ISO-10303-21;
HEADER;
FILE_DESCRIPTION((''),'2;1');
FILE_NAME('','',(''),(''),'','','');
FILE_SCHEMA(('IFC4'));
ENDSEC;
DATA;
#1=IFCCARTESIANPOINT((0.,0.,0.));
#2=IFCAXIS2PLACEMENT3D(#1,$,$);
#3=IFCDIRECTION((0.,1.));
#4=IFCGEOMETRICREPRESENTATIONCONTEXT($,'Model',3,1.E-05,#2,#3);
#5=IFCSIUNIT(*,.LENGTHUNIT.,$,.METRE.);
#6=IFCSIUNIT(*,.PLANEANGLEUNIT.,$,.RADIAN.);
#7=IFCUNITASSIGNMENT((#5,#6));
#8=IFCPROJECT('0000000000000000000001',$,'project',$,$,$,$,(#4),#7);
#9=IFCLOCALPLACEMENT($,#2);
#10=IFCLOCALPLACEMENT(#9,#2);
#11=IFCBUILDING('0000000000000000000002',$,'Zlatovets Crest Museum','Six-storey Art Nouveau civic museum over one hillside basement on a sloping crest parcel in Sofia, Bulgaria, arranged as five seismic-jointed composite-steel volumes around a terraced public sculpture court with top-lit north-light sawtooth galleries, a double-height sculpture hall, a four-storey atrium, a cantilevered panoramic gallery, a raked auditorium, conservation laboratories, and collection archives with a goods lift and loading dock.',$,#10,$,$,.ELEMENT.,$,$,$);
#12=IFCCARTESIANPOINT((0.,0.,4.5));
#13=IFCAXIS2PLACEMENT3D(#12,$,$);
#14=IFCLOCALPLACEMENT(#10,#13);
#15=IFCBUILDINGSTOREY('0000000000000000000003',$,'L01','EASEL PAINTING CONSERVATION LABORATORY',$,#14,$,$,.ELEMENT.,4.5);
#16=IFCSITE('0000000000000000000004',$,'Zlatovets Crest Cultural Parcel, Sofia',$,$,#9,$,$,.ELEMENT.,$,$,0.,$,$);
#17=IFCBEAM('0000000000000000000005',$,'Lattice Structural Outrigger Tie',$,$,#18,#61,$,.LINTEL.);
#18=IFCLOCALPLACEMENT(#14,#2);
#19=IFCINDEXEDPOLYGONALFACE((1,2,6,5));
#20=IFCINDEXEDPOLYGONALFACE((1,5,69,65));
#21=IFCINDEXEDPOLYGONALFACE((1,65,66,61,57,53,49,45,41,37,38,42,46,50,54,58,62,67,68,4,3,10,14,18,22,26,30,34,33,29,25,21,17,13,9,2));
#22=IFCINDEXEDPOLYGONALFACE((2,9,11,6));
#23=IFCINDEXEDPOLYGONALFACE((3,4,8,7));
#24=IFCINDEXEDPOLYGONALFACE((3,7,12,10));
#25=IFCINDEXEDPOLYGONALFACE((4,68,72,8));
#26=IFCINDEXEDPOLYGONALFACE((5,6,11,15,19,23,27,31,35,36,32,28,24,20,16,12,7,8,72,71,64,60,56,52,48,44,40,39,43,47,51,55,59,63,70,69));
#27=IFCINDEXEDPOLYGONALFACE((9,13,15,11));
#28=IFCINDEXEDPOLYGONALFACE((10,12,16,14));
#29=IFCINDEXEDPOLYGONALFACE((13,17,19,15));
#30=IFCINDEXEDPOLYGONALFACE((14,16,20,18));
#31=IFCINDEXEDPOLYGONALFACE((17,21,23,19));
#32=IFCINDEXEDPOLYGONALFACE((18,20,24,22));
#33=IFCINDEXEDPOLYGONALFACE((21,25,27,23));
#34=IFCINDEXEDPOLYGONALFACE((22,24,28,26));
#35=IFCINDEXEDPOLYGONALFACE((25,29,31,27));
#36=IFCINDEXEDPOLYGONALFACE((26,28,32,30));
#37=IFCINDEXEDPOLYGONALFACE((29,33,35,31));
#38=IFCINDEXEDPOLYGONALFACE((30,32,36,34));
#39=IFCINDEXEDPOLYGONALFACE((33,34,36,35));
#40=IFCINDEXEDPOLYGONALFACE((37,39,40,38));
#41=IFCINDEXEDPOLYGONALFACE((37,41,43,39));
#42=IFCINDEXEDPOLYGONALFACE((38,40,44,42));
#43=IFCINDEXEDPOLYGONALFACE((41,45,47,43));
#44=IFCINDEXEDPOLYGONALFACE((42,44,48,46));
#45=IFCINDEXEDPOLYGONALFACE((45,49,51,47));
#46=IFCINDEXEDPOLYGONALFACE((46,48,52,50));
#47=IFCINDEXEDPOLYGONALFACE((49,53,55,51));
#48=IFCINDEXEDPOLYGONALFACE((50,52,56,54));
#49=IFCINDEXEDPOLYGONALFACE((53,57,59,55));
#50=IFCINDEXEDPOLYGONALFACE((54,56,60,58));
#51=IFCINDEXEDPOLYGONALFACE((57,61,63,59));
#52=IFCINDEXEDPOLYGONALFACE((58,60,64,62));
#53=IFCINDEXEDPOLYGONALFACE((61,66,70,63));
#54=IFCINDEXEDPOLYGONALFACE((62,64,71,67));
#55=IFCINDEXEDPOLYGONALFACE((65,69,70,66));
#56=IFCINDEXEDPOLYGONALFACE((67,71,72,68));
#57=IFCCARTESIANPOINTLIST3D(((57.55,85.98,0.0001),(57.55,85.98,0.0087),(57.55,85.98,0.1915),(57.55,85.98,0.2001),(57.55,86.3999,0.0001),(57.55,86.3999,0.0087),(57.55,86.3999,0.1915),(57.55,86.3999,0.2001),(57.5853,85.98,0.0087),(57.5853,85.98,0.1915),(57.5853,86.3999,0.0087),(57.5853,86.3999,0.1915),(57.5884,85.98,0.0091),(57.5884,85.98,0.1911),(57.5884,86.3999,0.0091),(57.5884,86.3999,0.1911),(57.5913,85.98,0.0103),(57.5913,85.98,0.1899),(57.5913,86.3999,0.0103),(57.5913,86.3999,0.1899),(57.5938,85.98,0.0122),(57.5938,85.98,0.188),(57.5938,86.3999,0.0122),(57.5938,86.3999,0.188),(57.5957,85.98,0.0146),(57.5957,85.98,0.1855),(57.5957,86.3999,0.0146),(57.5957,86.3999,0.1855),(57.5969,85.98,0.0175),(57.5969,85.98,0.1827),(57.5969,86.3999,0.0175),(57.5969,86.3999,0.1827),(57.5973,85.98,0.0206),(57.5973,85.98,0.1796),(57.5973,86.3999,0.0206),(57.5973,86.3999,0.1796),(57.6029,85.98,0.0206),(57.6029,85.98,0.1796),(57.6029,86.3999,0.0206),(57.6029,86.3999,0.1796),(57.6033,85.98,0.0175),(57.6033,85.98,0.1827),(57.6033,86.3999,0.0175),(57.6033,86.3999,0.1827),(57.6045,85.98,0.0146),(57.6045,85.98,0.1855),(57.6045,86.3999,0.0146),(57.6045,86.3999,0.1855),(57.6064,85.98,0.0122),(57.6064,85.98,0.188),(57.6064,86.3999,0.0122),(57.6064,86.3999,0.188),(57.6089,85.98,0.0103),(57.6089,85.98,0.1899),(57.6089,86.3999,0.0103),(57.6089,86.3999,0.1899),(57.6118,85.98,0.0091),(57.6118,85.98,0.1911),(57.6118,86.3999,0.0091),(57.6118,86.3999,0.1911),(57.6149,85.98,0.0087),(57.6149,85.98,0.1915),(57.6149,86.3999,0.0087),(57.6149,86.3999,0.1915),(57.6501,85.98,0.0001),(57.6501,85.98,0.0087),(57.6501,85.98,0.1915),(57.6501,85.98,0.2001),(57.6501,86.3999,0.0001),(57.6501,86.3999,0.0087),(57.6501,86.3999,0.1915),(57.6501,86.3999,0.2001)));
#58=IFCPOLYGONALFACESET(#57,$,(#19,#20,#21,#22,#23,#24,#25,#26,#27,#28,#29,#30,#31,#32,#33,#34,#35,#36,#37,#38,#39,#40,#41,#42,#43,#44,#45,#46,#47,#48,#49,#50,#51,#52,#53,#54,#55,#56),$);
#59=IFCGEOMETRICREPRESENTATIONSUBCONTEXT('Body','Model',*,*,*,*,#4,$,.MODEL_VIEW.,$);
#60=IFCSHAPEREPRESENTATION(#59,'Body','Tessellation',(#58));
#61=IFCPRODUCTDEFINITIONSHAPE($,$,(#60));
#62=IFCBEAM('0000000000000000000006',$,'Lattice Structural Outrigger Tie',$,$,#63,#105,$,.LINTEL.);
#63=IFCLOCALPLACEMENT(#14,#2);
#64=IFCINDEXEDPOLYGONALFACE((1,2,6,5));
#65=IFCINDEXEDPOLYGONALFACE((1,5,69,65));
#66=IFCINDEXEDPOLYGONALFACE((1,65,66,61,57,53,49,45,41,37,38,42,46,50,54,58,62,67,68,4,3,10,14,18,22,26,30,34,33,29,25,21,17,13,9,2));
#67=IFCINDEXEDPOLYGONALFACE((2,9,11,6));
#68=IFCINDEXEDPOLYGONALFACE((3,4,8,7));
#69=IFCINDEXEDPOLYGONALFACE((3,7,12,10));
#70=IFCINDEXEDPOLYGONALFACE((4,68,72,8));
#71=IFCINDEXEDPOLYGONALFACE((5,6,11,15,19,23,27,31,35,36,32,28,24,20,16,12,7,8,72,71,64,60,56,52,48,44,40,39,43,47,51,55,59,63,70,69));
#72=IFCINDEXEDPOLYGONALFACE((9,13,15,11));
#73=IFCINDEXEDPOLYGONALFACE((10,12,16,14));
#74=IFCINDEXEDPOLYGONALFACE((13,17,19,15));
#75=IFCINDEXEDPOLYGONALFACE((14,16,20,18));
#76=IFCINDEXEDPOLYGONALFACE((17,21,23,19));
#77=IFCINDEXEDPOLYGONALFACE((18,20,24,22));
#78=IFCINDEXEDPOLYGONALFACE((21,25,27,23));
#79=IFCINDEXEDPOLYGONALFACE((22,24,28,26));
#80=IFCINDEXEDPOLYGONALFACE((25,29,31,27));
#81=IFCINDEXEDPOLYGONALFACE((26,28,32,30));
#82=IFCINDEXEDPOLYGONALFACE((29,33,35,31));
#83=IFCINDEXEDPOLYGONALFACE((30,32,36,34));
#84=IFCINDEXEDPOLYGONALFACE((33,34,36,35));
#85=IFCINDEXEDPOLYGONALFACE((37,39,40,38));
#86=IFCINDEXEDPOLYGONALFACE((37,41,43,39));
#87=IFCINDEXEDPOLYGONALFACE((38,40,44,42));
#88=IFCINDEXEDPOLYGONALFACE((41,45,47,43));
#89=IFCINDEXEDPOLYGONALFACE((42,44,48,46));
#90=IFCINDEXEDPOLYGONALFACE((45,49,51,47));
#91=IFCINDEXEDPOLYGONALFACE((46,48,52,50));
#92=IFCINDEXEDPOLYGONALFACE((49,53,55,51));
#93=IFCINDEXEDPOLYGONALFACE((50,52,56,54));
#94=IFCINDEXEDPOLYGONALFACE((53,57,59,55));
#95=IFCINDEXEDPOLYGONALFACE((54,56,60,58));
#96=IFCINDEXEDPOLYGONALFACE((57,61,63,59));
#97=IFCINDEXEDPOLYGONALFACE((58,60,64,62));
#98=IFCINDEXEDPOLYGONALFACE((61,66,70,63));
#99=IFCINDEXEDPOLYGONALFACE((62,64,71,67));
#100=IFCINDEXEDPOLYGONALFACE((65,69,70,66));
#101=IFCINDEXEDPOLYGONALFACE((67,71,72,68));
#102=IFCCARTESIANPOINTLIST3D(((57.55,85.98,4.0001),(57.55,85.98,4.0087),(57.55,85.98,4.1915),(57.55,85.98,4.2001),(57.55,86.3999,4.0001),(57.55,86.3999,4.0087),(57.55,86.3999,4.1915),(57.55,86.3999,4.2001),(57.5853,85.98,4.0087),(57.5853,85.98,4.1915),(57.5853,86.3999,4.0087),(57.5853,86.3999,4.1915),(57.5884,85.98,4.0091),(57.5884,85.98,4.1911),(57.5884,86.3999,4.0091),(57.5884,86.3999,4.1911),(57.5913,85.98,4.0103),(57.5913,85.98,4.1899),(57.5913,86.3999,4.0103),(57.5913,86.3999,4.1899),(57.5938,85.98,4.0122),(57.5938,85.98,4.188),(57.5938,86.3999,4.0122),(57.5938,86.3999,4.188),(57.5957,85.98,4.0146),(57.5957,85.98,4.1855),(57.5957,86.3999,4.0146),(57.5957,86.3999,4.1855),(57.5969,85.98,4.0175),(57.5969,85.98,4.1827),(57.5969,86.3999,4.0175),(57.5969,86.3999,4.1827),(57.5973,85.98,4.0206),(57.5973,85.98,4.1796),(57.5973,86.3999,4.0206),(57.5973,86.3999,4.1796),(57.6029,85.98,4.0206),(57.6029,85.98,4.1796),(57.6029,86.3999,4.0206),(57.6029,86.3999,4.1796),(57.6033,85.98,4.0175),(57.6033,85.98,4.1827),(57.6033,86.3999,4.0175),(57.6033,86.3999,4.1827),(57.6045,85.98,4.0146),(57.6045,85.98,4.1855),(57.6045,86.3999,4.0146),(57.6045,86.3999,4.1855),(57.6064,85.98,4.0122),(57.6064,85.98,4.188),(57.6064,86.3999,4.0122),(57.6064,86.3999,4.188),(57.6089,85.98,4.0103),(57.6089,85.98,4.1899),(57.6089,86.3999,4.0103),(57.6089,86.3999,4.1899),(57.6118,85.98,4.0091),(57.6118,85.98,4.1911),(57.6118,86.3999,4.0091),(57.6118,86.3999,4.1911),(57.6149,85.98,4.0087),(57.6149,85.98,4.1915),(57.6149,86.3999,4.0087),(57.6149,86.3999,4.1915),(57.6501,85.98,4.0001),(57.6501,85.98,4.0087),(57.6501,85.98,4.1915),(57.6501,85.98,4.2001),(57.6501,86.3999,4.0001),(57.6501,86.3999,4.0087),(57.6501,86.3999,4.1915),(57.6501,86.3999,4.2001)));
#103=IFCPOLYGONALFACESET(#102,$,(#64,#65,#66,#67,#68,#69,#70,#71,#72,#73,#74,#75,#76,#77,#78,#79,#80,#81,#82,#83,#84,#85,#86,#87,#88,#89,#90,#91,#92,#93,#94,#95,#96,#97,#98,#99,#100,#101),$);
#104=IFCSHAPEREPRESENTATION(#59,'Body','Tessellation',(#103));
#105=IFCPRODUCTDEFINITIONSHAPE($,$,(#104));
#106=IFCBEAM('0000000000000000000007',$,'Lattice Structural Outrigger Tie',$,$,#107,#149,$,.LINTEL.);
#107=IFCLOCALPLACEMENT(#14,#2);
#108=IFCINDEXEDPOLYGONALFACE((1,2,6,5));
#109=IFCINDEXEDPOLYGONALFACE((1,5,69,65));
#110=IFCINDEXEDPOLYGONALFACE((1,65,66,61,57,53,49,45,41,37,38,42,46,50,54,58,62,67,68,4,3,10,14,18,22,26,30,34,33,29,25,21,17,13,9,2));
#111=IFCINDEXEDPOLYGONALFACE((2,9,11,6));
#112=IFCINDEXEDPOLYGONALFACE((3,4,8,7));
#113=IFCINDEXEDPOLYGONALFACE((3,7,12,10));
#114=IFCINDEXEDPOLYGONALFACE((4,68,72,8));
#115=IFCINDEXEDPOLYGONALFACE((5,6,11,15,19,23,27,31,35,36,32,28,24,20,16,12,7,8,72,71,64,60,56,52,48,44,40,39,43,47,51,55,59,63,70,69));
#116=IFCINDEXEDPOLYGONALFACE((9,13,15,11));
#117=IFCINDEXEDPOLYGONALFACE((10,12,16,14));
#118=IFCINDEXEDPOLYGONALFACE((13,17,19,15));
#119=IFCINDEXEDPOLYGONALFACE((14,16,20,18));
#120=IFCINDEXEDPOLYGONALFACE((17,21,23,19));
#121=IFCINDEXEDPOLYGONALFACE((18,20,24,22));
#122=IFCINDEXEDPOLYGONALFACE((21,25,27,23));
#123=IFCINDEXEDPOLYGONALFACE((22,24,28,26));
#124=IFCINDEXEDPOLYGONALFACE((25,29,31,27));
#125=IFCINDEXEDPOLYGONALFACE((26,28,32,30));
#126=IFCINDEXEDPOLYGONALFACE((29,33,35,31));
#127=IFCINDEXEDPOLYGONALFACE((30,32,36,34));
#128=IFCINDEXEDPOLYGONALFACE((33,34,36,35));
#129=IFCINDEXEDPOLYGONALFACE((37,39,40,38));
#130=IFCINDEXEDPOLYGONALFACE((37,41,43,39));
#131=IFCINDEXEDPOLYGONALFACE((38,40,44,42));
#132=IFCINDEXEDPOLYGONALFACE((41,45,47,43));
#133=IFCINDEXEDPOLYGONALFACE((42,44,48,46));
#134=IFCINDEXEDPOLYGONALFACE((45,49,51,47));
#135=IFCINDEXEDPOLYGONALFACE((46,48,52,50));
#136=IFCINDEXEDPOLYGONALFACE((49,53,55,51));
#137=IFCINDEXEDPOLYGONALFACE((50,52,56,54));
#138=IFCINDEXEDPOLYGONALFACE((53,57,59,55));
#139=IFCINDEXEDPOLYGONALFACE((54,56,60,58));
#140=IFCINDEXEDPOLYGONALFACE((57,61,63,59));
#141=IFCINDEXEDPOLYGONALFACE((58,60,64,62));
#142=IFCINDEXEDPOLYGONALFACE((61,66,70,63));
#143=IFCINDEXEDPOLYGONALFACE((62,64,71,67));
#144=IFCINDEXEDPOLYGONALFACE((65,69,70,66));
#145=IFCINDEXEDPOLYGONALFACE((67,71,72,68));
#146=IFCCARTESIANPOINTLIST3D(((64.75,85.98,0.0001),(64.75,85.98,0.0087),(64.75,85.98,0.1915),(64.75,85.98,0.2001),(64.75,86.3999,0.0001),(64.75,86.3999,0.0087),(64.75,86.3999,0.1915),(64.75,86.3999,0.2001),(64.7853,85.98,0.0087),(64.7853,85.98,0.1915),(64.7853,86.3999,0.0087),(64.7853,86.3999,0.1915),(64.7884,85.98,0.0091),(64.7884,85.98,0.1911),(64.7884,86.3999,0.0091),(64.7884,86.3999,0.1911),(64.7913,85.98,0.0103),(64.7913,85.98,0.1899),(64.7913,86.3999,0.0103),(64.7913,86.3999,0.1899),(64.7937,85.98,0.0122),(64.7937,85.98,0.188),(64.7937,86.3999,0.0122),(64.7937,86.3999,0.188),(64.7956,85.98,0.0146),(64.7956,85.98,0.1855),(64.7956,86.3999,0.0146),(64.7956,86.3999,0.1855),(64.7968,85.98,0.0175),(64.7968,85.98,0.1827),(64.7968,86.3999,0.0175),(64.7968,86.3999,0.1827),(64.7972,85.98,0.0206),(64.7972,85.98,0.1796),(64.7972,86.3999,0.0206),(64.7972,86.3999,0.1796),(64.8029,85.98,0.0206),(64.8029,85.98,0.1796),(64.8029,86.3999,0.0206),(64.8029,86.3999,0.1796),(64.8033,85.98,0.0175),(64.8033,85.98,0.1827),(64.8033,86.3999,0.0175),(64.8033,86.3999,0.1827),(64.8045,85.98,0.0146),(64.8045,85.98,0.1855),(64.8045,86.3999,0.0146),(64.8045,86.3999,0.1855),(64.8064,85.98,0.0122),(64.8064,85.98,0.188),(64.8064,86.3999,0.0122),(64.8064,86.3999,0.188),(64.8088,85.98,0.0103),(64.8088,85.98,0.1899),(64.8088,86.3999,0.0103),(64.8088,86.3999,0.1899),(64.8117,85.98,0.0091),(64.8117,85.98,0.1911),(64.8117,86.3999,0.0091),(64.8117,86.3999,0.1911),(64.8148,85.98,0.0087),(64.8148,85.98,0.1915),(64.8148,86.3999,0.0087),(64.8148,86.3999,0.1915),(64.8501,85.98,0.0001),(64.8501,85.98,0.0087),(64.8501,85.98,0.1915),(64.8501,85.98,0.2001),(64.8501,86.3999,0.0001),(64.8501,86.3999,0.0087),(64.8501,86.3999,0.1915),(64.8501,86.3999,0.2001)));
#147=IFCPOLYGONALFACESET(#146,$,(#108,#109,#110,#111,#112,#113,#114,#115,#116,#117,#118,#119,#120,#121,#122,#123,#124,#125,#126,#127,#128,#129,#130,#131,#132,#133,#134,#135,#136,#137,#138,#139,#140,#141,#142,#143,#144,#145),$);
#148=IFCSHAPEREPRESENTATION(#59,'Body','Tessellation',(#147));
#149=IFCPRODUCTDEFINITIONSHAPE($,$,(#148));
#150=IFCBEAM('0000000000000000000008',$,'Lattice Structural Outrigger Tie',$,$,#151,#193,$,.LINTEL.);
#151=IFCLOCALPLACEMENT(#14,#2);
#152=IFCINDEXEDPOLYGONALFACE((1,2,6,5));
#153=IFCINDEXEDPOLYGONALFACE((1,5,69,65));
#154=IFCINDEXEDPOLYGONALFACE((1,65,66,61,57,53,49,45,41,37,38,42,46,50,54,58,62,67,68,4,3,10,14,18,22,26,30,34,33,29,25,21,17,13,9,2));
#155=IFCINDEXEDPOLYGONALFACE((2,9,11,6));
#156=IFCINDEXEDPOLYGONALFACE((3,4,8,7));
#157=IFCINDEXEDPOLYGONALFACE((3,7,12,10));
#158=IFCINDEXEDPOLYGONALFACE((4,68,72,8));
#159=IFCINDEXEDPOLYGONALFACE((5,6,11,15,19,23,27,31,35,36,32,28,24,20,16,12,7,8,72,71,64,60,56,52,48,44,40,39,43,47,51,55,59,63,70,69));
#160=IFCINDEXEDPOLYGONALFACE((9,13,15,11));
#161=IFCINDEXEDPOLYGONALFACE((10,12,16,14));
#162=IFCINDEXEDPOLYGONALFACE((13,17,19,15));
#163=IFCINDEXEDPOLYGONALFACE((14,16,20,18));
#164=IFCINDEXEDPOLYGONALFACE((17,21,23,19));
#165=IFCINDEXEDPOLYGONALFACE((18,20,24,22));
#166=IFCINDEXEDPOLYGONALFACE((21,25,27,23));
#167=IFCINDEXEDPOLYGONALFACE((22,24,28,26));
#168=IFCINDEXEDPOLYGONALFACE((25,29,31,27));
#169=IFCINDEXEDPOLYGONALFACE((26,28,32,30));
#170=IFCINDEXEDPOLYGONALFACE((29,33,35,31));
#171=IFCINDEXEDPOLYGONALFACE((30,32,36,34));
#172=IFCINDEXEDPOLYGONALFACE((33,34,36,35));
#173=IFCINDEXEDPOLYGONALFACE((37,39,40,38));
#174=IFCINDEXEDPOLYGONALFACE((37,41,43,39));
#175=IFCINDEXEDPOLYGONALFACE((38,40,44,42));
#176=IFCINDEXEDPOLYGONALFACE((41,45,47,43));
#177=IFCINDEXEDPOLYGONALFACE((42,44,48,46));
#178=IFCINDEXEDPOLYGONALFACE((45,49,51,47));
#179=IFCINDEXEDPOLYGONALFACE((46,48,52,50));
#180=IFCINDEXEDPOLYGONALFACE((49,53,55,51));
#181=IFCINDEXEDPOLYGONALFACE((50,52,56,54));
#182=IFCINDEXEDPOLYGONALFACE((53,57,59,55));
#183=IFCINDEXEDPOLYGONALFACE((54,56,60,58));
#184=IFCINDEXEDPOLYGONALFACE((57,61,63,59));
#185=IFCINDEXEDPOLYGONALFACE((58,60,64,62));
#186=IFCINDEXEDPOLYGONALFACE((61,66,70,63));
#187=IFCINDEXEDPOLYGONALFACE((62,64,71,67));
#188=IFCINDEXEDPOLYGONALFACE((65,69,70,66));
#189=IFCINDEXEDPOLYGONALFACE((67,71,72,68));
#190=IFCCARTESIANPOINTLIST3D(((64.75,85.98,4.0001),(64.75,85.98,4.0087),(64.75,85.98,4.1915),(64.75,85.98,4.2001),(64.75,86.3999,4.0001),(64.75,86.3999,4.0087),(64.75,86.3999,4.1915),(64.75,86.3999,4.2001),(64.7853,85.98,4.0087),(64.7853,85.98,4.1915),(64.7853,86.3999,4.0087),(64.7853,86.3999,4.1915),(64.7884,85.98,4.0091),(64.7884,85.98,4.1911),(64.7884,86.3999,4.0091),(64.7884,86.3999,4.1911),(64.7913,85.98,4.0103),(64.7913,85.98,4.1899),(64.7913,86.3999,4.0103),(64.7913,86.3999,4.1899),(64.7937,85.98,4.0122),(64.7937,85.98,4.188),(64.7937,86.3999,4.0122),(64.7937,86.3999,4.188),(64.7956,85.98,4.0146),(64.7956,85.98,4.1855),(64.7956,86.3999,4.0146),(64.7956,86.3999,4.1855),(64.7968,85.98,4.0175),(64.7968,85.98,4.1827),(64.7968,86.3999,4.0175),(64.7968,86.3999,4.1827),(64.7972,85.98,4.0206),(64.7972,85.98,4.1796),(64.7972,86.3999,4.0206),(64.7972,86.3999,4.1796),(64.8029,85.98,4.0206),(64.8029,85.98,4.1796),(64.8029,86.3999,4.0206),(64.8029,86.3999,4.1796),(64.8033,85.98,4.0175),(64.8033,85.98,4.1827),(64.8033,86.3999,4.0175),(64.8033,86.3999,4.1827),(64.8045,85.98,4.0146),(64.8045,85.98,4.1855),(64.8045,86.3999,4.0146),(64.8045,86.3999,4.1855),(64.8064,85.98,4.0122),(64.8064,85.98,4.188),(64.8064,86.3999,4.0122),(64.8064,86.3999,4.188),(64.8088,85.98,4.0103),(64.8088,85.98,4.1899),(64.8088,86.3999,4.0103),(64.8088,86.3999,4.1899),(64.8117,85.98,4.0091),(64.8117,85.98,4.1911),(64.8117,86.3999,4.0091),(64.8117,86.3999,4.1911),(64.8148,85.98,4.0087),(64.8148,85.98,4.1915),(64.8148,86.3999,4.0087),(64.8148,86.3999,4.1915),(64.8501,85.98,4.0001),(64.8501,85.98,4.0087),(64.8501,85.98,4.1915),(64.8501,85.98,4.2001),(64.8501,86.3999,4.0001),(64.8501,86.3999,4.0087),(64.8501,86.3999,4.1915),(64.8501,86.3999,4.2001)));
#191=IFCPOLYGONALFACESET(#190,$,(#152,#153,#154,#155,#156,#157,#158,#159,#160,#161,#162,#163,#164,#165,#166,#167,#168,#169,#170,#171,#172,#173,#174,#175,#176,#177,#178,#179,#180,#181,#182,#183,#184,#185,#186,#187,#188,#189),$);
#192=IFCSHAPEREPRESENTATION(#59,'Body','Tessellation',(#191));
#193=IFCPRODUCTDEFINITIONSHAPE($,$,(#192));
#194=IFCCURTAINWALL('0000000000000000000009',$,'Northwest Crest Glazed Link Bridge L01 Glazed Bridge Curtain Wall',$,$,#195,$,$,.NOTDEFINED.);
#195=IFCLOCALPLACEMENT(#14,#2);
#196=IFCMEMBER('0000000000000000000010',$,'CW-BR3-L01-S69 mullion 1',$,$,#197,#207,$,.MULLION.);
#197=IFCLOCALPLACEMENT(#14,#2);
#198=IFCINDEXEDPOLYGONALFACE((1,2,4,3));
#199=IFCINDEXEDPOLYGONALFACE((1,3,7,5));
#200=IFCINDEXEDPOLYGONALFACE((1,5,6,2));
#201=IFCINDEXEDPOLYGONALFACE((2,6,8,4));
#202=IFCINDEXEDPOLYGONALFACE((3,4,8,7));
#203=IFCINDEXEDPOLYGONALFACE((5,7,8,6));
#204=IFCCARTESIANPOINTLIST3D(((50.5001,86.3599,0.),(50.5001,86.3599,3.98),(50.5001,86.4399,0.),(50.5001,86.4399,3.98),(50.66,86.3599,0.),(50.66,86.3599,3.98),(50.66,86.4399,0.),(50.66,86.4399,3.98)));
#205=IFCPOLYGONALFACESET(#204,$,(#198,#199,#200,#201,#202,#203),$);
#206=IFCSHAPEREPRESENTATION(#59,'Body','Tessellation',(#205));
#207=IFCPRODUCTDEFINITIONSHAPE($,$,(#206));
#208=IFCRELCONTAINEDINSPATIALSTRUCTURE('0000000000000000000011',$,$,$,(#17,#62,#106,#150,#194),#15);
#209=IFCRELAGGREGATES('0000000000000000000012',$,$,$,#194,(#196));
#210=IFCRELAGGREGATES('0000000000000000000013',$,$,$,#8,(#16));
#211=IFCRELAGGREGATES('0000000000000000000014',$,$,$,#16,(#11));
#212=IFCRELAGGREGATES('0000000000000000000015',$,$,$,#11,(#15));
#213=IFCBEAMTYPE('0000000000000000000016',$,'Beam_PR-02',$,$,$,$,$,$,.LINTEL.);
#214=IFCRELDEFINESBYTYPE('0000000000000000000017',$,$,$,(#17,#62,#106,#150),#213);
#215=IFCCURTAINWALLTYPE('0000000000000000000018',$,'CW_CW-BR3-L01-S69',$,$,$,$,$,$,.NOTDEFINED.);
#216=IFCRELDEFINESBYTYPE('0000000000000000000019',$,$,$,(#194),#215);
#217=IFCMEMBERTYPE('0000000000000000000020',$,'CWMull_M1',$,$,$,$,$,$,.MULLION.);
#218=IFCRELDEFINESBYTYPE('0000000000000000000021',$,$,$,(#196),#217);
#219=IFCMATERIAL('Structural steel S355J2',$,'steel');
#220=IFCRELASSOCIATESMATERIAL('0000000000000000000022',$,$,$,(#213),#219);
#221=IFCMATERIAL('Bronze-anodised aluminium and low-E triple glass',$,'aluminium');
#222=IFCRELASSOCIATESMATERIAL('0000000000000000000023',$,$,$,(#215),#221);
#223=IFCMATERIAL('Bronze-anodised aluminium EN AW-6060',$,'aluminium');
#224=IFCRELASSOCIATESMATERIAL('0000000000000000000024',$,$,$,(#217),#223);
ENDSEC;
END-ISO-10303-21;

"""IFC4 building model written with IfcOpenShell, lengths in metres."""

from ifc_helpers import new_model, si_unit, direction, frame, origin, origin_2d, place, context, subcontext, project, spatial, rectangle, i_section, extrude, material, material_profile, profile_set, type_object, element, aggregate, save


model = new_model("IFC4")

# Units and contexts
model_context = context("Model", 3, precision=1e-05, world=origin(), true_north=direction((0.0, 1.0)))
body_context = subcontext(model_context, "Body", "Model", "MODEL_VIEW")
ifc_project = project(units=[si_unit("LENGTHUNIT", "METRE"), si_unit("PLANEANGLEUNIT", "RADIAN")], contexts=[model_context])

# Site, building, storey
site_placement = place(None, origin())
site = spatial("IfcSite", under=ifc_project, at=site_placement, Name="Zlatovets Crest Cultural Parcel, Sofia", CompositionType="ELEMENT", RefElevation=0.0)
building_placement = place(site_placement, origin())
building = spatial("IfcBuilding", under=site, at=building_placement, Name="Zlatovets Crest Museum", Description="Six-storey Art Nouveau civic museum over one hillside basement on a sloping crest parcel in Sofia, Bulgaria, arranged as five seismic-jointed composite-steel volumes around a terraced public sculpture court with top-lit north-light sawtooth galleries, a double-height sculpture hall, a four-storey atrium, a cantilevered panoramic gallery, a raked auditorium, conservation laboratories, and collection archives with a goods lift and loading dock.", CompositionType="ELEMENT")
storey_placement = place(building_placement, frame((0.0, 0.0, 4.5)))
storey = spatial("IfcBuildingStorey", under=building, at=storey_placement, Name="L01", Description="EASEL PAINTING CONSERVATION LABORATORY", CompositionType="ELEMENT", Elevation=4.5)

# Shared definitions
ifc_material_1 = material(Name="Structural steel S355J2", Category="steel")

# Beams
ifc_material_profile_1 = material_profile(ifc_material_1, i_section(OverallWidth=0.1001, OverallDepth=0.2, WebThickness=0.0056, FlangeThickness=0.0085, FilletRadius=0.012, at=origin_2d()), Name="IPE 200")
ifc_profile_set_1 = profile_set([ifc_material_profile_1], Name="Structural steel S355J2")
beam_type_1 = type_object("IfcBeamType", Name="Beam_PR-02", PredefinedType="LINTEL", material=ifc_profile_set_1)
for number, where, z_axis, x_axis, name in (
    (1, (57.6001, 86.3999, 0.1001), (0.0, -1.0, 0.0), (1.0, 0.0, 0.0), "Lattice Structural Outrigger Tie"),
    (2, (57.6001, 86.3999, 4.1001), (0.0, -1.0, 0.0), (1.0, 0.0, 0.0), "Lattice Structural Outrigger Tie"),
    (3, (64.8, 86.3999, 0.1001), (0.0, -1.0, 0.0), (1.0, 0.0, 0.0), "Lattice Structural Outrigger Tie"),
    (4, (64.8, 86.3999, 4.1001), (0.0, -1.0, 0.0), (1.0, 0.0, 0.0), "Lattice Structural Outrigger Tie"),
):
    element("IfcBeam", number, at=place(storey_placement, frame(where, z_axis=z_axis, x_axis=x_axis)), inside=storey, type_object=beam_type_1, Name=name, PredefinedType="LINTEL", context=body_context, shape_type="SweptSolid", body=[
        extrude(i_section(OverallWidth=0.1001, OverallDepth=0.2, WebThickness=0.0056, FlangeThickness=0.0085, FilletRadius=0.012, at=origin_2d()), origin(), (0.0, 0.0, 1.0), 0.4199),
    ])

# Curtain wall, member
ifc_material_2 = material(Name="Bronze-anodised aluminium and low-E triple glass", Category="aluminium")
curtain_wall_type_1 = type_object("IfcCurtainWallType", Name="CW_CW-BR3-L01-S69", PredefinedType="NOTDEFINED", material=ifc_material_2)
curtain_wall_1_placement = place(storey_placement, origin())
curtain_wall_1 = element("IfcCurtainWall", 5, at=curtain_wall_1_placement, inside=storey, type_object=curtain_wall_type_1, Name="Northwest Crest Glazed Link Bridge L01 Glazed Bridge Curtain Wall", PredefinedType="NOTDEFINED")
ifc_material_3 = material(Name="Bronze-anodised aluminium EN AW-6060", Category="aluminium")
ifc_material_profile_2 = material_profile(ifc_material_3, rectangle(XDim=0.0801, YDim=0.1599, at=origin_2d()), Name="ALU 80x160")
ifc_profile_set_2 = profile_set([ifc_material_profile_2], Name="Bronze-anodised aluminium EN AW-6060")
member_type_1 = type_object("IfcMemberType", Name="CWMull_M1", PredefinedType="MULLION", material=ifc_profile_set_2)
member_1_placement = place(storey_placement, frame((50.5801, 86.3999, 0.0), z_axis=(0.0, 0.0, 1.0), x_axis=(0.0, 1.0, 0.0)))
member_1 = element("IfcMember", 6, at=member_1_placement, type_object=member_type_1, Name="CW-BR3-L01-S69 mullion 1", PredefinedType="MULLION", context=body_context, shape_type="SweptSolid", body=[
    extrude(rectangle(XDim=0.0801, YDim=0.1599, at=origin_2d()), origin(), (0.0, 0.0, 1.0), 3.98),
])
aggregate(curtain_wall_1, [member_1])

save(model, "model.ifc")
